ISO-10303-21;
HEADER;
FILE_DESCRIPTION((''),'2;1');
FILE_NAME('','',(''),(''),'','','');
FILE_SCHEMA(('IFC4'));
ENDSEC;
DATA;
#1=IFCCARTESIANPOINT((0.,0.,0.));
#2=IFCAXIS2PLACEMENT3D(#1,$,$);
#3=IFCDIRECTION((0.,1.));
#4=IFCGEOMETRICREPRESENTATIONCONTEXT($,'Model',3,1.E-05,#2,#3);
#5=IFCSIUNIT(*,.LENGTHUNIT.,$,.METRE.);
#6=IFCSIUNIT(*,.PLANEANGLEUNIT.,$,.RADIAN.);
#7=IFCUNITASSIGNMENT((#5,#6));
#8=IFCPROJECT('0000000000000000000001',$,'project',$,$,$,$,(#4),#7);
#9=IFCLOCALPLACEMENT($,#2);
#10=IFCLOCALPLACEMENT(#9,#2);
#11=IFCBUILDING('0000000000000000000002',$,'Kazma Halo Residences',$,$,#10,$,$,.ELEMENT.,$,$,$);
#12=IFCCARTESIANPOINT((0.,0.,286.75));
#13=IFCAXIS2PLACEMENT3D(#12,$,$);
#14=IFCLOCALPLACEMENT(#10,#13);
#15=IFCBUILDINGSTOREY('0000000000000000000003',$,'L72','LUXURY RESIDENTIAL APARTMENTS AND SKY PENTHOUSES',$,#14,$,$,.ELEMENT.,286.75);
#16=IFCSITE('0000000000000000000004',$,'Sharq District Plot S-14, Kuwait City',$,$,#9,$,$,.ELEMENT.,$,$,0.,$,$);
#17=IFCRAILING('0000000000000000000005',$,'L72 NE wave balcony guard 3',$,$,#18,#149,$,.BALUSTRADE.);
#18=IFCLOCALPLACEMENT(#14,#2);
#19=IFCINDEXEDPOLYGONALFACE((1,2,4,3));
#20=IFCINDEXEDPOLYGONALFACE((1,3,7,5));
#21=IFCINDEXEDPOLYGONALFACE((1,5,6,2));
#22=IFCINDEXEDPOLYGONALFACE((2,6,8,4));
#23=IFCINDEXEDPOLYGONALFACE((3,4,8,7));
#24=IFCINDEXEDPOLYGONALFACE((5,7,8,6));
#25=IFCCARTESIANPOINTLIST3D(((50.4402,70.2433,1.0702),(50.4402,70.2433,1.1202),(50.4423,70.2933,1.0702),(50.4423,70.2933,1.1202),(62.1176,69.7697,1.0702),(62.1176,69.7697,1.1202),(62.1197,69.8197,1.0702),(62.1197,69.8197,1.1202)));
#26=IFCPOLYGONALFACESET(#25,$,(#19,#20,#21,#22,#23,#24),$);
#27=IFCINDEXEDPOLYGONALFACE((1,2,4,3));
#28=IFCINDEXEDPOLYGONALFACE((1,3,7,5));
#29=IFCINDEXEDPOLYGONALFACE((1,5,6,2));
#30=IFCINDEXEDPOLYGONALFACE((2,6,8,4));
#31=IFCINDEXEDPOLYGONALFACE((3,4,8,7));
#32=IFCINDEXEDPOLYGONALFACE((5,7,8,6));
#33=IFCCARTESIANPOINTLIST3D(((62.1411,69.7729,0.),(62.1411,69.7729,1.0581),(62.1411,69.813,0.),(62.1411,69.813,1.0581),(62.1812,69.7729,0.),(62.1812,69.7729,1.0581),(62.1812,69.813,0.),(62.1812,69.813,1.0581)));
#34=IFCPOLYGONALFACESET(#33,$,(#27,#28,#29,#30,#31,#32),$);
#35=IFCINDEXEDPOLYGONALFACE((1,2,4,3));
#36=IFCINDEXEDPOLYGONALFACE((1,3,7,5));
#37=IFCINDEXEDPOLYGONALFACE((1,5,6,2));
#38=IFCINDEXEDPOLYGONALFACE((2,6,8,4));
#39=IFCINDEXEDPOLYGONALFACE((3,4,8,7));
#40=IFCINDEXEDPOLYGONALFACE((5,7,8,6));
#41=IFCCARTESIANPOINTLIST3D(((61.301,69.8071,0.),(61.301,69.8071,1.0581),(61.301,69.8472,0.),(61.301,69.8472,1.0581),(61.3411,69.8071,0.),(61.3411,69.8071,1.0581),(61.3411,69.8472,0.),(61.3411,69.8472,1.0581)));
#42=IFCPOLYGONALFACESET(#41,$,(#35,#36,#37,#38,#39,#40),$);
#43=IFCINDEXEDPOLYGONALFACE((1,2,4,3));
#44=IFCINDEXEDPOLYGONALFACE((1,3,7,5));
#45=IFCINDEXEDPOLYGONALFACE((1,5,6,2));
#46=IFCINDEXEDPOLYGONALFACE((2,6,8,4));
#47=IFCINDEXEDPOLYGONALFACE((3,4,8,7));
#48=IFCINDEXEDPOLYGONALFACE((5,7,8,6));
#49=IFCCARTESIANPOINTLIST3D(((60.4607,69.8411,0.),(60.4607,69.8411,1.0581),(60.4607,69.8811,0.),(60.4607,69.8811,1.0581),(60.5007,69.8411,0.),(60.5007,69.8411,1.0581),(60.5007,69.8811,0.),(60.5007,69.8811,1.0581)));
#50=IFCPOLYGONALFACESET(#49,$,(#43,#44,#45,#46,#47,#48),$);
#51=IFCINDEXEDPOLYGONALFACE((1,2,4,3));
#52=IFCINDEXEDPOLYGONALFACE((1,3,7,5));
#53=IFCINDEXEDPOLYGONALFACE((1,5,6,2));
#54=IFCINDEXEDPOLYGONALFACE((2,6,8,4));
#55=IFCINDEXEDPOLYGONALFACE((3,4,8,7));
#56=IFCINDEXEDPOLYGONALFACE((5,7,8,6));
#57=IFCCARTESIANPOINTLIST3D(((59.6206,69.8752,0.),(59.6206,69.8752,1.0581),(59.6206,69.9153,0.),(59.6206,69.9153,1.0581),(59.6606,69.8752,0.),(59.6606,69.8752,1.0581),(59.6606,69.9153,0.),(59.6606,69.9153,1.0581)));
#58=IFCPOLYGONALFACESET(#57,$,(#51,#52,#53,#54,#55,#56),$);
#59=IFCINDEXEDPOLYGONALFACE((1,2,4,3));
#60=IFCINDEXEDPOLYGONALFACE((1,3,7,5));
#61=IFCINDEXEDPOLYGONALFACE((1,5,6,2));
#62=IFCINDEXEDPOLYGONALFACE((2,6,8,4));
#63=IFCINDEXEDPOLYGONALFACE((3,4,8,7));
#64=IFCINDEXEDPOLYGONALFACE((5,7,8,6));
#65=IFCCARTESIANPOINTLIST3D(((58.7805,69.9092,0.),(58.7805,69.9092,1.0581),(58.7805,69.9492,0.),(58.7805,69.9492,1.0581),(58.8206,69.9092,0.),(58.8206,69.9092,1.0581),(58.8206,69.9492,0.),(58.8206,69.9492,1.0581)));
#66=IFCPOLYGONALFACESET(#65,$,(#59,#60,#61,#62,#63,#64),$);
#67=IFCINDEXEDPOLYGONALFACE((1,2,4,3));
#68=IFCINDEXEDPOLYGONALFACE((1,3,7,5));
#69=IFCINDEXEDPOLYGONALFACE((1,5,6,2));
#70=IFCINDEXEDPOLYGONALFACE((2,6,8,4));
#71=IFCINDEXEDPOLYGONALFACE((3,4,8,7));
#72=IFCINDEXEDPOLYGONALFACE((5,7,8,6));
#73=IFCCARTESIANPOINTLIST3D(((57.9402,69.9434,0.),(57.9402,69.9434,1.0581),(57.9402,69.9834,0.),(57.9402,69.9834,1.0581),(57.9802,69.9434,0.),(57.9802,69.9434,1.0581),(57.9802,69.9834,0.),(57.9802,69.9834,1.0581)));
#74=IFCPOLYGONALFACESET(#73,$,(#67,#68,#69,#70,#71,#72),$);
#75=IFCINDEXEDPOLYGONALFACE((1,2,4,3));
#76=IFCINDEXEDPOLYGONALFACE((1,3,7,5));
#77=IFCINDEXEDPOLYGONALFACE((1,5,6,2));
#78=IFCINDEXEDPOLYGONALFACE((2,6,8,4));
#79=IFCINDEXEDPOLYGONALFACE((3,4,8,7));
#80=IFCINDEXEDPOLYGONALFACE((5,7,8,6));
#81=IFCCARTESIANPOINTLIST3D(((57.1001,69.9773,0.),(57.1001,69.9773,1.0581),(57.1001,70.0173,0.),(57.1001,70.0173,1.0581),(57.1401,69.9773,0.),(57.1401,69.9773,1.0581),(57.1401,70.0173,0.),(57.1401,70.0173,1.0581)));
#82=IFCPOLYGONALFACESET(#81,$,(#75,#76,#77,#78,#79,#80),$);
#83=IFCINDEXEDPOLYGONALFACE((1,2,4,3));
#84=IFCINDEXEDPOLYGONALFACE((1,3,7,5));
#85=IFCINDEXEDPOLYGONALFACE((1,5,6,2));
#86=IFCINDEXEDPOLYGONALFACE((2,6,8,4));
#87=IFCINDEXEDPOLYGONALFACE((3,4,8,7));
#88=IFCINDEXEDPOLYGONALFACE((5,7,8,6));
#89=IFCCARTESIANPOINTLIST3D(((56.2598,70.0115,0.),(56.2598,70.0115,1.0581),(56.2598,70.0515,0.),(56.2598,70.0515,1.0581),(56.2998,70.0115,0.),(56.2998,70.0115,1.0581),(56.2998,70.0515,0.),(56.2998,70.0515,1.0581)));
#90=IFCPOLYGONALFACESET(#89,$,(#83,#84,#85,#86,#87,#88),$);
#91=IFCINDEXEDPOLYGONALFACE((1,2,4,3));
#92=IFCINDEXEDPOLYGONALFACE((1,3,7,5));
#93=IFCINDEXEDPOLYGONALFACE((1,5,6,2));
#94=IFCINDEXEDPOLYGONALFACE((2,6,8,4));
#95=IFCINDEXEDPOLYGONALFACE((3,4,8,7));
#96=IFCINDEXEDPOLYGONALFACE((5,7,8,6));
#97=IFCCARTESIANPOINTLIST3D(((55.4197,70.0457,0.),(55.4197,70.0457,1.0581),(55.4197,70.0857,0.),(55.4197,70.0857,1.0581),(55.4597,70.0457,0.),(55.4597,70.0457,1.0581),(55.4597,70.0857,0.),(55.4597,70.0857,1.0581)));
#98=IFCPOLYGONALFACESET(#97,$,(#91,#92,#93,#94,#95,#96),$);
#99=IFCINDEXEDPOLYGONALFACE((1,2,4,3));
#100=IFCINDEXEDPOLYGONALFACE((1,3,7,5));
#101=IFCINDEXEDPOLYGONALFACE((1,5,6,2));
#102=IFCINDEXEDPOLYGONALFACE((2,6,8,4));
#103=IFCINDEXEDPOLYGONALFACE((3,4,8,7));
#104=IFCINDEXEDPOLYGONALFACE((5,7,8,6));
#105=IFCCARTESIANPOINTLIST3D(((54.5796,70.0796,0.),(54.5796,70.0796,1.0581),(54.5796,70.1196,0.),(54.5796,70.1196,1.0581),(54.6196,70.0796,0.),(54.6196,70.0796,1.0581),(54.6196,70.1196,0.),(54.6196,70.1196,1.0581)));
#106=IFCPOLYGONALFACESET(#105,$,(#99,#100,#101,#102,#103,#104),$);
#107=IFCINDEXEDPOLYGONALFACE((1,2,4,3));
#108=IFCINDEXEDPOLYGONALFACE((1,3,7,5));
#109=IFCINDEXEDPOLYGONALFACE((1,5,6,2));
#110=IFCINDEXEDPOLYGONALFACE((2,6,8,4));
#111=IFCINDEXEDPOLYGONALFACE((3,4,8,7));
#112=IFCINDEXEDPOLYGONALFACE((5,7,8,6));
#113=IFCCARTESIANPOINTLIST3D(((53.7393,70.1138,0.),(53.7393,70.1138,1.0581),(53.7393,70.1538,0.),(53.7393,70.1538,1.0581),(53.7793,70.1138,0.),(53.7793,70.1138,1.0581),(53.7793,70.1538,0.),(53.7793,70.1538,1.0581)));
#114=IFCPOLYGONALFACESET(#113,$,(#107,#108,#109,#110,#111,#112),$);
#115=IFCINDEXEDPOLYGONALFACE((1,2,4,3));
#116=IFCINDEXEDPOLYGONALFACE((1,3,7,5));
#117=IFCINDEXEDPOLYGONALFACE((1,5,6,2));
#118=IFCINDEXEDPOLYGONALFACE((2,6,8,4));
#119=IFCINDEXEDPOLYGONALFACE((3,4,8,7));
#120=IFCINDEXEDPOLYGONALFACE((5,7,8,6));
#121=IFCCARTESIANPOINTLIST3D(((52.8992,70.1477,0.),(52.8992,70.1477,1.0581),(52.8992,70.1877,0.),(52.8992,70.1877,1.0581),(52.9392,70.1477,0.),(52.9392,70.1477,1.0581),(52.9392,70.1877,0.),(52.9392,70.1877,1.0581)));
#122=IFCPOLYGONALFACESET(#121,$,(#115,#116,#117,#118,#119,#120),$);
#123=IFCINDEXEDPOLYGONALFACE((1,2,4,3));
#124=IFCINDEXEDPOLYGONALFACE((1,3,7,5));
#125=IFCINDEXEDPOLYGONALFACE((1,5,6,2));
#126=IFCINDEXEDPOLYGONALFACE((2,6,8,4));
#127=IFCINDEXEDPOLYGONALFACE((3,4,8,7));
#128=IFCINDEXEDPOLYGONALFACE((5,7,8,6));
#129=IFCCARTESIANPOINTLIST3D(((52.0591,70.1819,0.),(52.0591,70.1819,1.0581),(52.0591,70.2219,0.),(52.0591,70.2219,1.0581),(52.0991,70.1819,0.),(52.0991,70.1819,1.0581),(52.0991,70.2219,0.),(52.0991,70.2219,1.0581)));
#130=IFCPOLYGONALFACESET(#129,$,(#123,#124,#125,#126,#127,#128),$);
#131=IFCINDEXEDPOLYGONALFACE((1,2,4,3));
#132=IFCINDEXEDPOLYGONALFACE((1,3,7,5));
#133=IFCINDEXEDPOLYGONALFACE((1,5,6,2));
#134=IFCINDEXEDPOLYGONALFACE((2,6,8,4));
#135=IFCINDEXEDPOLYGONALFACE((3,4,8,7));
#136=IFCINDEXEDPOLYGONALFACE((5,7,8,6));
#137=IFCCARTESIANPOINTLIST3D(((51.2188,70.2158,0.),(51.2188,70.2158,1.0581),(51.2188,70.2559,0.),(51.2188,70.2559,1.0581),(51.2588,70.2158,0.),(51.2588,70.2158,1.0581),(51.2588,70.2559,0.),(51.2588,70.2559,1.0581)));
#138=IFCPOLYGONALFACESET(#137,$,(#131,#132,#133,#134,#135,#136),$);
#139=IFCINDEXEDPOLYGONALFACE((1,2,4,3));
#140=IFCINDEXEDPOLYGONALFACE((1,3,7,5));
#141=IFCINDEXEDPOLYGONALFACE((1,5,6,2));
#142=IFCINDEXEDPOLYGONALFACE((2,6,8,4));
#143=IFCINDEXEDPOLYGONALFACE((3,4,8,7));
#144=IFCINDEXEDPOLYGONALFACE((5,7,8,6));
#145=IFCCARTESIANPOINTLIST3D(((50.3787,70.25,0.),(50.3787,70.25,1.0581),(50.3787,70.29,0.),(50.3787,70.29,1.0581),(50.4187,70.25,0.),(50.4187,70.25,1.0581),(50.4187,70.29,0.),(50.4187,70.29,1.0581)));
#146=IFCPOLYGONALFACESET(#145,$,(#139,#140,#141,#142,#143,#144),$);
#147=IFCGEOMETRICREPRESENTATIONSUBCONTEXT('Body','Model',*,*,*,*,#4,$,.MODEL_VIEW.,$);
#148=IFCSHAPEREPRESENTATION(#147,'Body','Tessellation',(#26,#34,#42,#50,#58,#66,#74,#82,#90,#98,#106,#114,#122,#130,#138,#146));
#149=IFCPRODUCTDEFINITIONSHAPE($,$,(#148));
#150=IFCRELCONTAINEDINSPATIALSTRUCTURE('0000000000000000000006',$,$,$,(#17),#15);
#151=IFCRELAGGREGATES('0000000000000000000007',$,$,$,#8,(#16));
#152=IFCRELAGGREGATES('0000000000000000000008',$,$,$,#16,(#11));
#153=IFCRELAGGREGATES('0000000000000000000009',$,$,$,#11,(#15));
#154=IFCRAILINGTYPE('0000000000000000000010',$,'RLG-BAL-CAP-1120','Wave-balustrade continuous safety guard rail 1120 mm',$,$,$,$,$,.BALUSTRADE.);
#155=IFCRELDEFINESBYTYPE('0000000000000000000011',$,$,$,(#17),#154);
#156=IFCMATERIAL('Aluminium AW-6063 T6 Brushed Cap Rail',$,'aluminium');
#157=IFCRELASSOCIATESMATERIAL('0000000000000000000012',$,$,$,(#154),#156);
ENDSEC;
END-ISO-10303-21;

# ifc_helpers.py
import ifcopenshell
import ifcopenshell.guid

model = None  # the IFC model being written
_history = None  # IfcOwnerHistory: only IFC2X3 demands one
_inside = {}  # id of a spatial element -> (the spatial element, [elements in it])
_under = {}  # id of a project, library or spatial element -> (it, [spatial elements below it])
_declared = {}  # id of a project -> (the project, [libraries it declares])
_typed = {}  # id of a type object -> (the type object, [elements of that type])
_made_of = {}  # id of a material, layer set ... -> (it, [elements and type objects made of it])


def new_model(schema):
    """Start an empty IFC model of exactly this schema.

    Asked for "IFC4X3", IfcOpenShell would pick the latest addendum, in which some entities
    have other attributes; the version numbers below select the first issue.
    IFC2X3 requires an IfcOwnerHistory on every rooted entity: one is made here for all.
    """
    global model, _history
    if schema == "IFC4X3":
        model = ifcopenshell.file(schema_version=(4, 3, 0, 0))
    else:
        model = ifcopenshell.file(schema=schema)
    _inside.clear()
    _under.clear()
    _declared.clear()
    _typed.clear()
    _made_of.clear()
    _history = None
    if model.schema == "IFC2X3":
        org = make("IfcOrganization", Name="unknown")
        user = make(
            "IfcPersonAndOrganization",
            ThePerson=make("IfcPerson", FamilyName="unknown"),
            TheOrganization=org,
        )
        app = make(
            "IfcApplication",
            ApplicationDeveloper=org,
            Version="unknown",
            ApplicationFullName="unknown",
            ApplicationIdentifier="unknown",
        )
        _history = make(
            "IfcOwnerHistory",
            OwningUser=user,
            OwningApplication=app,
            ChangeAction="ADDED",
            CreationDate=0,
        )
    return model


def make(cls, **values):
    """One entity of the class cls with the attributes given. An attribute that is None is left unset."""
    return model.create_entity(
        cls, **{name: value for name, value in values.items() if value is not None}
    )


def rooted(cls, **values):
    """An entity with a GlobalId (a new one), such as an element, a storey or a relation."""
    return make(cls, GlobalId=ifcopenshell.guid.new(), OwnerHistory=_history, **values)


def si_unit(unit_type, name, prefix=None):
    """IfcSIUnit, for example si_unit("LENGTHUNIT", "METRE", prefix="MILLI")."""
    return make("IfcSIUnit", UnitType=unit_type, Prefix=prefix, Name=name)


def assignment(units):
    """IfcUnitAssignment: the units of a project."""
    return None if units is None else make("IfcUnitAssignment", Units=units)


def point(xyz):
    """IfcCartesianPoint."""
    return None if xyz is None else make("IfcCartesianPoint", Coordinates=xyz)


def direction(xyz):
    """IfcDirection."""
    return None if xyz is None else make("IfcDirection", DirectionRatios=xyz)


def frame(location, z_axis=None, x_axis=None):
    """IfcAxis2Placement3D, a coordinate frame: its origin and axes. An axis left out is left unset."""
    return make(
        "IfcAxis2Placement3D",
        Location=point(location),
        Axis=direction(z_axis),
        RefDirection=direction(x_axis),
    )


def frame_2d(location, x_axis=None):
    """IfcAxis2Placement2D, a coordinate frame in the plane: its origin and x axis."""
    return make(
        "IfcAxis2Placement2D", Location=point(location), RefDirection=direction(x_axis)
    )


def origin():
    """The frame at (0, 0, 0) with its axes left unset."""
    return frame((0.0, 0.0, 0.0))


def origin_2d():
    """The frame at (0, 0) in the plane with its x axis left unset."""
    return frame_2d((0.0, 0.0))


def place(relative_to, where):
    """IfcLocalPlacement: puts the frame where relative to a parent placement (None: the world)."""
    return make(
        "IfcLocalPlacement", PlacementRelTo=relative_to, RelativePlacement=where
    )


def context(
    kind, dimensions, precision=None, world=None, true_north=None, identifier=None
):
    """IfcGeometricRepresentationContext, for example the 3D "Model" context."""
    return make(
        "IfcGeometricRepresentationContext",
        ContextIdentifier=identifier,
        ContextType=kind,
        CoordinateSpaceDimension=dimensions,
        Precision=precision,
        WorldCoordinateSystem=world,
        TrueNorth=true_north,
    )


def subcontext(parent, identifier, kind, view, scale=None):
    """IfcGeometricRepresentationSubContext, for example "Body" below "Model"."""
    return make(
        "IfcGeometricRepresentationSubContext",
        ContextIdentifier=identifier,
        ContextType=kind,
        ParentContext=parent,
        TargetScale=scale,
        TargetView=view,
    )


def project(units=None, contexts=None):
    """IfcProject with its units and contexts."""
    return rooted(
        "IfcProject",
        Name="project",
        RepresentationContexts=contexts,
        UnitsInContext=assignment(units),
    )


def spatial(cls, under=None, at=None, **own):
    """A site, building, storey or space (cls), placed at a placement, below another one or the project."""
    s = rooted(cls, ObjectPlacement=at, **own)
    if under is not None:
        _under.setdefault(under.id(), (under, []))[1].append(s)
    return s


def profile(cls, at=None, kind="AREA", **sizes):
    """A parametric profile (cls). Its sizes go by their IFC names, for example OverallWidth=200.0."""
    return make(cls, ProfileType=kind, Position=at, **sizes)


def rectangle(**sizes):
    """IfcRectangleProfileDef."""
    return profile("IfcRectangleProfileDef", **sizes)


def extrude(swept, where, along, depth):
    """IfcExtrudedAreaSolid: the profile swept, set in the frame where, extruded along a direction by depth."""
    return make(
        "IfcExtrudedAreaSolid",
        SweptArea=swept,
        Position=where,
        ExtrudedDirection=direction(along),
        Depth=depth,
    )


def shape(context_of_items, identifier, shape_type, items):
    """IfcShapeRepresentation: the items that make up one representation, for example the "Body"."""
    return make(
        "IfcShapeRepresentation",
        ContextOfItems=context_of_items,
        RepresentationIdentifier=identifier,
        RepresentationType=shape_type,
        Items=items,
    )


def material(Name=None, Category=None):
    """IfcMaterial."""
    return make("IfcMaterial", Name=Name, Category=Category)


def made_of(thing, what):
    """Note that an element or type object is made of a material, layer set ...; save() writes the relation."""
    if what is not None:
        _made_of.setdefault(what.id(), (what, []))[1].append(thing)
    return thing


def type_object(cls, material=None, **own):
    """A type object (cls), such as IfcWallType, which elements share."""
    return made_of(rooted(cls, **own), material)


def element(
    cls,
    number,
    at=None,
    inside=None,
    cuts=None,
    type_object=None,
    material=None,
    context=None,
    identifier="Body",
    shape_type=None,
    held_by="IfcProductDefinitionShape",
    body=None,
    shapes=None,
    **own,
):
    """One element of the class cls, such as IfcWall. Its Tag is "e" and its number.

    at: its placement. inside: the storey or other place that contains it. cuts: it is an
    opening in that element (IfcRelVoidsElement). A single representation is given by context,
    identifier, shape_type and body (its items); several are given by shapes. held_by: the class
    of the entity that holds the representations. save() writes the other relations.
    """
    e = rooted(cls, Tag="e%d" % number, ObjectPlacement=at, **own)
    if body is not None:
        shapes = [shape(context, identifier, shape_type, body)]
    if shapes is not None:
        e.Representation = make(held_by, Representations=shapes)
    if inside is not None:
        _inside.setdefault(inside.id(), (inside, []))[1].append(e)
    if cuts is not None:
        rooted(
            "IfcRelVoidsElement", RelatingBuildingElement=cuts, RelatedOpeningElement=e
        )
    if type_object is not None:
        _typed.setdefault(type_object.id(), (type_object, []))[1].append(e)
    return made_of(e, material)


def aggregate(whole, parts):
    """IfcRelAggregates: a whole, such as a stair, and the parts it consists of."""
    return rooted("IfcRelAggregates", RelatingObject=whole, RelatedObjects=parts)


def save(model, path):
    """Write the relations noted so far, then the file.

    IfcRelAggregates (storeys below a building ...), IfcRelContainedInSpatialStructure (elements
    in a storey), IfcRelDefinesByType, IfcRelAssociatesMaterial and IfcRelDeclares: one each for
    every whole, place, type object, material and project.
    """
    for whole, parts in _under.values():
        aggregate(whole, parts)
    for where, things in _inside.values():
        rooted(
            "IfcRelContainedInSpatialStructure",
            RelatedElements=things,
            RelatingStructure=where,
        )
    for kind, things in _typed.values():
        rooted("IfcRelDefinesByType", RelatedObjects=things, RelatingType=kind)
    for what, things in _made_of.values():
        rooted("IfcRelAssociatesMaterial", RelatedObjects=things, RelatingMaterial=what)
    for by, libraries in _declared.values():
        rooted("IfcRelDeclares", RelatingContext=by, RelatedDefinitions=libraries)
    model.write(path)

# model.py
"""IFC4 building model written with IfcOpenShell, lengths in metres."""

from ifc_helpers import new_model, si_unit, direction, frame, origin, origin_2d, place, context, subcontext, project, spatial, rectangle, extrude, material, type_object, element, save


model = new_model("IFC4")

# Units and contexts
model_context = context("Model", 3, precision=1e-05, world=origin(), true_north=direction((0.0, 1.0)))
body_context = subcontext(model_context, "Body", "Model", "MODEL_VIEW")
ifc_project = project(units=[si_unit("LENGTHUNIT", "METRE"), si_unit("PLANEANGLEUNIT", "RADIAN")], contexts=[model_context])

# Site, building, storey
site_placement = place(None, origin())
site = spatial("IfcSite", under=ifc_project, at=site_placement, Name="Sharq District Plot S-14, Kuwait City", CompositionType="ELEMENT", RefElevation=0.0)
building_placement = place(site_placement, origin())
building = spatial("IfcBuilding", under=site, at=building_placement, Name="Kazma Halo Residences", CompositionType="ELEMENT")
storey_placement = place(building_placement, frame((0.0, 0.0, 286.75)))
storey = spatial("IfcBuildingStorey", under=building, at=storey_placement, Name="L72", Description="LUXURY RESIDENTIAL APARTMENTS AND SKY PENTHOUSES", CompositionType="ELEMENT", Elevation=286.75)

# Railing
ifc_material_1 = material(Name="Aluminium AW-6063 T6 Brushed Cap Rail", Category="aluminium")
railing_type = type_object("IfcRailingType", Name="RLG-BAL-CAP-1120", Description="Wave-balustrade continuous safety guard rail 1120 mm", PredefinedType="BALUSTRADE", material=ifc_material_1)
railing_1_placement = place(storey_placement, frame((62.1611, 69.793, 0.0)))
element("IfcRailing", 1, at=railing_1_placement, inside=storey, type_object=railing_type, Name="L72 NE wave balcony guard 3", PredefinedType="BALUSTRADE", context=body_context, shape_type="SweptSolid", body=[
    extrude(rectangle(XDim=0.05, YDim=0.05, at=origin_2d()), frame((-0.0425, 0.0017, 1.0952), z_axis=(-0.999179, 0.040524, 0.0), x_axis=(-0.040524, -0.999179, 0.0)), (0.0, 0.0, 1.0), 11.687),
    extrude(rectangle(XDim=0.04, YDim=0.04, at=origin_2d()), origin(), (0.0, 0.0, 1.0), 1.0581),
    extrude(rectangle(XDim=0.04, YDim=0.04, at=origin_2d()), frame((-0.8401, 0.0342, 0.0)), (0.0, 0.0, 1.0), 1.0581),
    extrude(rectangle(XDim=0.04, YDim=0.04, at=origin_2d()), frame((-1.6804, 0.0681, 0.0)), (0.0, 0.0, 1.0), 1.0581),
    extrude(rectangle(XDim=0.04, YDim=0.04, at=origin_2d()), frame((-2.5205, 0.1023, 0.0)), (0.0, 0.0, 1.0), 1.0581),
    extrude(rectangle(XDim=0.04, YDim=0.04, at=origin_2d()), frame((-3.3606, 0.1362, 0.0)), (0.0, 0.0, 1.0), 1.0581),
    extrude(rectangle(XDim=0.04, YDim=0.04, at=origin_2d()), frame((-4.2009, 0.1704, 0.0)), (0.0, 0.0, 1.0), 1.0581),
    extrude(rectangle(XDim=0.04, YDim=0.04, at=origin_2d()), frame((-5.041, 0.2043, 0.0)), (0.0, 0.0, 1.0), 1.0581),
    extrude(rectangle(XDim=0.04, YDim=0.04, at=origin_2d()), frame((-5.8813, 0.2385, 0.0)), (0.0, 0.0, 1.0), 1.0581),
    extrude(rectangle(XDim=0.04, YDim=0.04, at=origin_2d()), frame((-6.7214, 0.2727, 0.0)), (0.0, 0.0, 1.0), 1.0581),
    extrude(rectangle(XDim=0.04, YDim=0.04, at=origin_2d()), frame((-7.5615, 0.3066, 0.0)), (0.0, 0.0, 1.0), 1.0581),
    extrude(rectangle(XDim=0.04, YDim=0.04, at=origin_2d()), frame((-8.4019, 0.3408, 0.0)), (0.0, 0.0, 1.0), 1.0581),
    extrude(rectangle(XDim=0.04, YDim=0.04, at=origin_2d()), frame((-9.2419, 0.3748, 0.0)), (0.0, 0.0, 1.0), 1.0581),
    extrude(rectangle(XDim=0.04, YDim=0.04, at=origin_2d()), frame((-10.082, 0.4089, 0.0)), (0.0, 0.0, 1.0), 1.0581),
    extrude(rectangle(XDim=0.04, YDim=0.04, at=origin_2d()), frame((-10.9224, 0.4429, 0.0)), (0.0, 0.0, 1.0), 1.0581),
    extrude(rectangle(XDim=0.04, YDim=0.04, at=origin_2d()), frame((-11.7625, 0.4771, 0.0)), (0.0, 0.0, 1.0), 1.0581),
])

save(model, "model.ifc")
